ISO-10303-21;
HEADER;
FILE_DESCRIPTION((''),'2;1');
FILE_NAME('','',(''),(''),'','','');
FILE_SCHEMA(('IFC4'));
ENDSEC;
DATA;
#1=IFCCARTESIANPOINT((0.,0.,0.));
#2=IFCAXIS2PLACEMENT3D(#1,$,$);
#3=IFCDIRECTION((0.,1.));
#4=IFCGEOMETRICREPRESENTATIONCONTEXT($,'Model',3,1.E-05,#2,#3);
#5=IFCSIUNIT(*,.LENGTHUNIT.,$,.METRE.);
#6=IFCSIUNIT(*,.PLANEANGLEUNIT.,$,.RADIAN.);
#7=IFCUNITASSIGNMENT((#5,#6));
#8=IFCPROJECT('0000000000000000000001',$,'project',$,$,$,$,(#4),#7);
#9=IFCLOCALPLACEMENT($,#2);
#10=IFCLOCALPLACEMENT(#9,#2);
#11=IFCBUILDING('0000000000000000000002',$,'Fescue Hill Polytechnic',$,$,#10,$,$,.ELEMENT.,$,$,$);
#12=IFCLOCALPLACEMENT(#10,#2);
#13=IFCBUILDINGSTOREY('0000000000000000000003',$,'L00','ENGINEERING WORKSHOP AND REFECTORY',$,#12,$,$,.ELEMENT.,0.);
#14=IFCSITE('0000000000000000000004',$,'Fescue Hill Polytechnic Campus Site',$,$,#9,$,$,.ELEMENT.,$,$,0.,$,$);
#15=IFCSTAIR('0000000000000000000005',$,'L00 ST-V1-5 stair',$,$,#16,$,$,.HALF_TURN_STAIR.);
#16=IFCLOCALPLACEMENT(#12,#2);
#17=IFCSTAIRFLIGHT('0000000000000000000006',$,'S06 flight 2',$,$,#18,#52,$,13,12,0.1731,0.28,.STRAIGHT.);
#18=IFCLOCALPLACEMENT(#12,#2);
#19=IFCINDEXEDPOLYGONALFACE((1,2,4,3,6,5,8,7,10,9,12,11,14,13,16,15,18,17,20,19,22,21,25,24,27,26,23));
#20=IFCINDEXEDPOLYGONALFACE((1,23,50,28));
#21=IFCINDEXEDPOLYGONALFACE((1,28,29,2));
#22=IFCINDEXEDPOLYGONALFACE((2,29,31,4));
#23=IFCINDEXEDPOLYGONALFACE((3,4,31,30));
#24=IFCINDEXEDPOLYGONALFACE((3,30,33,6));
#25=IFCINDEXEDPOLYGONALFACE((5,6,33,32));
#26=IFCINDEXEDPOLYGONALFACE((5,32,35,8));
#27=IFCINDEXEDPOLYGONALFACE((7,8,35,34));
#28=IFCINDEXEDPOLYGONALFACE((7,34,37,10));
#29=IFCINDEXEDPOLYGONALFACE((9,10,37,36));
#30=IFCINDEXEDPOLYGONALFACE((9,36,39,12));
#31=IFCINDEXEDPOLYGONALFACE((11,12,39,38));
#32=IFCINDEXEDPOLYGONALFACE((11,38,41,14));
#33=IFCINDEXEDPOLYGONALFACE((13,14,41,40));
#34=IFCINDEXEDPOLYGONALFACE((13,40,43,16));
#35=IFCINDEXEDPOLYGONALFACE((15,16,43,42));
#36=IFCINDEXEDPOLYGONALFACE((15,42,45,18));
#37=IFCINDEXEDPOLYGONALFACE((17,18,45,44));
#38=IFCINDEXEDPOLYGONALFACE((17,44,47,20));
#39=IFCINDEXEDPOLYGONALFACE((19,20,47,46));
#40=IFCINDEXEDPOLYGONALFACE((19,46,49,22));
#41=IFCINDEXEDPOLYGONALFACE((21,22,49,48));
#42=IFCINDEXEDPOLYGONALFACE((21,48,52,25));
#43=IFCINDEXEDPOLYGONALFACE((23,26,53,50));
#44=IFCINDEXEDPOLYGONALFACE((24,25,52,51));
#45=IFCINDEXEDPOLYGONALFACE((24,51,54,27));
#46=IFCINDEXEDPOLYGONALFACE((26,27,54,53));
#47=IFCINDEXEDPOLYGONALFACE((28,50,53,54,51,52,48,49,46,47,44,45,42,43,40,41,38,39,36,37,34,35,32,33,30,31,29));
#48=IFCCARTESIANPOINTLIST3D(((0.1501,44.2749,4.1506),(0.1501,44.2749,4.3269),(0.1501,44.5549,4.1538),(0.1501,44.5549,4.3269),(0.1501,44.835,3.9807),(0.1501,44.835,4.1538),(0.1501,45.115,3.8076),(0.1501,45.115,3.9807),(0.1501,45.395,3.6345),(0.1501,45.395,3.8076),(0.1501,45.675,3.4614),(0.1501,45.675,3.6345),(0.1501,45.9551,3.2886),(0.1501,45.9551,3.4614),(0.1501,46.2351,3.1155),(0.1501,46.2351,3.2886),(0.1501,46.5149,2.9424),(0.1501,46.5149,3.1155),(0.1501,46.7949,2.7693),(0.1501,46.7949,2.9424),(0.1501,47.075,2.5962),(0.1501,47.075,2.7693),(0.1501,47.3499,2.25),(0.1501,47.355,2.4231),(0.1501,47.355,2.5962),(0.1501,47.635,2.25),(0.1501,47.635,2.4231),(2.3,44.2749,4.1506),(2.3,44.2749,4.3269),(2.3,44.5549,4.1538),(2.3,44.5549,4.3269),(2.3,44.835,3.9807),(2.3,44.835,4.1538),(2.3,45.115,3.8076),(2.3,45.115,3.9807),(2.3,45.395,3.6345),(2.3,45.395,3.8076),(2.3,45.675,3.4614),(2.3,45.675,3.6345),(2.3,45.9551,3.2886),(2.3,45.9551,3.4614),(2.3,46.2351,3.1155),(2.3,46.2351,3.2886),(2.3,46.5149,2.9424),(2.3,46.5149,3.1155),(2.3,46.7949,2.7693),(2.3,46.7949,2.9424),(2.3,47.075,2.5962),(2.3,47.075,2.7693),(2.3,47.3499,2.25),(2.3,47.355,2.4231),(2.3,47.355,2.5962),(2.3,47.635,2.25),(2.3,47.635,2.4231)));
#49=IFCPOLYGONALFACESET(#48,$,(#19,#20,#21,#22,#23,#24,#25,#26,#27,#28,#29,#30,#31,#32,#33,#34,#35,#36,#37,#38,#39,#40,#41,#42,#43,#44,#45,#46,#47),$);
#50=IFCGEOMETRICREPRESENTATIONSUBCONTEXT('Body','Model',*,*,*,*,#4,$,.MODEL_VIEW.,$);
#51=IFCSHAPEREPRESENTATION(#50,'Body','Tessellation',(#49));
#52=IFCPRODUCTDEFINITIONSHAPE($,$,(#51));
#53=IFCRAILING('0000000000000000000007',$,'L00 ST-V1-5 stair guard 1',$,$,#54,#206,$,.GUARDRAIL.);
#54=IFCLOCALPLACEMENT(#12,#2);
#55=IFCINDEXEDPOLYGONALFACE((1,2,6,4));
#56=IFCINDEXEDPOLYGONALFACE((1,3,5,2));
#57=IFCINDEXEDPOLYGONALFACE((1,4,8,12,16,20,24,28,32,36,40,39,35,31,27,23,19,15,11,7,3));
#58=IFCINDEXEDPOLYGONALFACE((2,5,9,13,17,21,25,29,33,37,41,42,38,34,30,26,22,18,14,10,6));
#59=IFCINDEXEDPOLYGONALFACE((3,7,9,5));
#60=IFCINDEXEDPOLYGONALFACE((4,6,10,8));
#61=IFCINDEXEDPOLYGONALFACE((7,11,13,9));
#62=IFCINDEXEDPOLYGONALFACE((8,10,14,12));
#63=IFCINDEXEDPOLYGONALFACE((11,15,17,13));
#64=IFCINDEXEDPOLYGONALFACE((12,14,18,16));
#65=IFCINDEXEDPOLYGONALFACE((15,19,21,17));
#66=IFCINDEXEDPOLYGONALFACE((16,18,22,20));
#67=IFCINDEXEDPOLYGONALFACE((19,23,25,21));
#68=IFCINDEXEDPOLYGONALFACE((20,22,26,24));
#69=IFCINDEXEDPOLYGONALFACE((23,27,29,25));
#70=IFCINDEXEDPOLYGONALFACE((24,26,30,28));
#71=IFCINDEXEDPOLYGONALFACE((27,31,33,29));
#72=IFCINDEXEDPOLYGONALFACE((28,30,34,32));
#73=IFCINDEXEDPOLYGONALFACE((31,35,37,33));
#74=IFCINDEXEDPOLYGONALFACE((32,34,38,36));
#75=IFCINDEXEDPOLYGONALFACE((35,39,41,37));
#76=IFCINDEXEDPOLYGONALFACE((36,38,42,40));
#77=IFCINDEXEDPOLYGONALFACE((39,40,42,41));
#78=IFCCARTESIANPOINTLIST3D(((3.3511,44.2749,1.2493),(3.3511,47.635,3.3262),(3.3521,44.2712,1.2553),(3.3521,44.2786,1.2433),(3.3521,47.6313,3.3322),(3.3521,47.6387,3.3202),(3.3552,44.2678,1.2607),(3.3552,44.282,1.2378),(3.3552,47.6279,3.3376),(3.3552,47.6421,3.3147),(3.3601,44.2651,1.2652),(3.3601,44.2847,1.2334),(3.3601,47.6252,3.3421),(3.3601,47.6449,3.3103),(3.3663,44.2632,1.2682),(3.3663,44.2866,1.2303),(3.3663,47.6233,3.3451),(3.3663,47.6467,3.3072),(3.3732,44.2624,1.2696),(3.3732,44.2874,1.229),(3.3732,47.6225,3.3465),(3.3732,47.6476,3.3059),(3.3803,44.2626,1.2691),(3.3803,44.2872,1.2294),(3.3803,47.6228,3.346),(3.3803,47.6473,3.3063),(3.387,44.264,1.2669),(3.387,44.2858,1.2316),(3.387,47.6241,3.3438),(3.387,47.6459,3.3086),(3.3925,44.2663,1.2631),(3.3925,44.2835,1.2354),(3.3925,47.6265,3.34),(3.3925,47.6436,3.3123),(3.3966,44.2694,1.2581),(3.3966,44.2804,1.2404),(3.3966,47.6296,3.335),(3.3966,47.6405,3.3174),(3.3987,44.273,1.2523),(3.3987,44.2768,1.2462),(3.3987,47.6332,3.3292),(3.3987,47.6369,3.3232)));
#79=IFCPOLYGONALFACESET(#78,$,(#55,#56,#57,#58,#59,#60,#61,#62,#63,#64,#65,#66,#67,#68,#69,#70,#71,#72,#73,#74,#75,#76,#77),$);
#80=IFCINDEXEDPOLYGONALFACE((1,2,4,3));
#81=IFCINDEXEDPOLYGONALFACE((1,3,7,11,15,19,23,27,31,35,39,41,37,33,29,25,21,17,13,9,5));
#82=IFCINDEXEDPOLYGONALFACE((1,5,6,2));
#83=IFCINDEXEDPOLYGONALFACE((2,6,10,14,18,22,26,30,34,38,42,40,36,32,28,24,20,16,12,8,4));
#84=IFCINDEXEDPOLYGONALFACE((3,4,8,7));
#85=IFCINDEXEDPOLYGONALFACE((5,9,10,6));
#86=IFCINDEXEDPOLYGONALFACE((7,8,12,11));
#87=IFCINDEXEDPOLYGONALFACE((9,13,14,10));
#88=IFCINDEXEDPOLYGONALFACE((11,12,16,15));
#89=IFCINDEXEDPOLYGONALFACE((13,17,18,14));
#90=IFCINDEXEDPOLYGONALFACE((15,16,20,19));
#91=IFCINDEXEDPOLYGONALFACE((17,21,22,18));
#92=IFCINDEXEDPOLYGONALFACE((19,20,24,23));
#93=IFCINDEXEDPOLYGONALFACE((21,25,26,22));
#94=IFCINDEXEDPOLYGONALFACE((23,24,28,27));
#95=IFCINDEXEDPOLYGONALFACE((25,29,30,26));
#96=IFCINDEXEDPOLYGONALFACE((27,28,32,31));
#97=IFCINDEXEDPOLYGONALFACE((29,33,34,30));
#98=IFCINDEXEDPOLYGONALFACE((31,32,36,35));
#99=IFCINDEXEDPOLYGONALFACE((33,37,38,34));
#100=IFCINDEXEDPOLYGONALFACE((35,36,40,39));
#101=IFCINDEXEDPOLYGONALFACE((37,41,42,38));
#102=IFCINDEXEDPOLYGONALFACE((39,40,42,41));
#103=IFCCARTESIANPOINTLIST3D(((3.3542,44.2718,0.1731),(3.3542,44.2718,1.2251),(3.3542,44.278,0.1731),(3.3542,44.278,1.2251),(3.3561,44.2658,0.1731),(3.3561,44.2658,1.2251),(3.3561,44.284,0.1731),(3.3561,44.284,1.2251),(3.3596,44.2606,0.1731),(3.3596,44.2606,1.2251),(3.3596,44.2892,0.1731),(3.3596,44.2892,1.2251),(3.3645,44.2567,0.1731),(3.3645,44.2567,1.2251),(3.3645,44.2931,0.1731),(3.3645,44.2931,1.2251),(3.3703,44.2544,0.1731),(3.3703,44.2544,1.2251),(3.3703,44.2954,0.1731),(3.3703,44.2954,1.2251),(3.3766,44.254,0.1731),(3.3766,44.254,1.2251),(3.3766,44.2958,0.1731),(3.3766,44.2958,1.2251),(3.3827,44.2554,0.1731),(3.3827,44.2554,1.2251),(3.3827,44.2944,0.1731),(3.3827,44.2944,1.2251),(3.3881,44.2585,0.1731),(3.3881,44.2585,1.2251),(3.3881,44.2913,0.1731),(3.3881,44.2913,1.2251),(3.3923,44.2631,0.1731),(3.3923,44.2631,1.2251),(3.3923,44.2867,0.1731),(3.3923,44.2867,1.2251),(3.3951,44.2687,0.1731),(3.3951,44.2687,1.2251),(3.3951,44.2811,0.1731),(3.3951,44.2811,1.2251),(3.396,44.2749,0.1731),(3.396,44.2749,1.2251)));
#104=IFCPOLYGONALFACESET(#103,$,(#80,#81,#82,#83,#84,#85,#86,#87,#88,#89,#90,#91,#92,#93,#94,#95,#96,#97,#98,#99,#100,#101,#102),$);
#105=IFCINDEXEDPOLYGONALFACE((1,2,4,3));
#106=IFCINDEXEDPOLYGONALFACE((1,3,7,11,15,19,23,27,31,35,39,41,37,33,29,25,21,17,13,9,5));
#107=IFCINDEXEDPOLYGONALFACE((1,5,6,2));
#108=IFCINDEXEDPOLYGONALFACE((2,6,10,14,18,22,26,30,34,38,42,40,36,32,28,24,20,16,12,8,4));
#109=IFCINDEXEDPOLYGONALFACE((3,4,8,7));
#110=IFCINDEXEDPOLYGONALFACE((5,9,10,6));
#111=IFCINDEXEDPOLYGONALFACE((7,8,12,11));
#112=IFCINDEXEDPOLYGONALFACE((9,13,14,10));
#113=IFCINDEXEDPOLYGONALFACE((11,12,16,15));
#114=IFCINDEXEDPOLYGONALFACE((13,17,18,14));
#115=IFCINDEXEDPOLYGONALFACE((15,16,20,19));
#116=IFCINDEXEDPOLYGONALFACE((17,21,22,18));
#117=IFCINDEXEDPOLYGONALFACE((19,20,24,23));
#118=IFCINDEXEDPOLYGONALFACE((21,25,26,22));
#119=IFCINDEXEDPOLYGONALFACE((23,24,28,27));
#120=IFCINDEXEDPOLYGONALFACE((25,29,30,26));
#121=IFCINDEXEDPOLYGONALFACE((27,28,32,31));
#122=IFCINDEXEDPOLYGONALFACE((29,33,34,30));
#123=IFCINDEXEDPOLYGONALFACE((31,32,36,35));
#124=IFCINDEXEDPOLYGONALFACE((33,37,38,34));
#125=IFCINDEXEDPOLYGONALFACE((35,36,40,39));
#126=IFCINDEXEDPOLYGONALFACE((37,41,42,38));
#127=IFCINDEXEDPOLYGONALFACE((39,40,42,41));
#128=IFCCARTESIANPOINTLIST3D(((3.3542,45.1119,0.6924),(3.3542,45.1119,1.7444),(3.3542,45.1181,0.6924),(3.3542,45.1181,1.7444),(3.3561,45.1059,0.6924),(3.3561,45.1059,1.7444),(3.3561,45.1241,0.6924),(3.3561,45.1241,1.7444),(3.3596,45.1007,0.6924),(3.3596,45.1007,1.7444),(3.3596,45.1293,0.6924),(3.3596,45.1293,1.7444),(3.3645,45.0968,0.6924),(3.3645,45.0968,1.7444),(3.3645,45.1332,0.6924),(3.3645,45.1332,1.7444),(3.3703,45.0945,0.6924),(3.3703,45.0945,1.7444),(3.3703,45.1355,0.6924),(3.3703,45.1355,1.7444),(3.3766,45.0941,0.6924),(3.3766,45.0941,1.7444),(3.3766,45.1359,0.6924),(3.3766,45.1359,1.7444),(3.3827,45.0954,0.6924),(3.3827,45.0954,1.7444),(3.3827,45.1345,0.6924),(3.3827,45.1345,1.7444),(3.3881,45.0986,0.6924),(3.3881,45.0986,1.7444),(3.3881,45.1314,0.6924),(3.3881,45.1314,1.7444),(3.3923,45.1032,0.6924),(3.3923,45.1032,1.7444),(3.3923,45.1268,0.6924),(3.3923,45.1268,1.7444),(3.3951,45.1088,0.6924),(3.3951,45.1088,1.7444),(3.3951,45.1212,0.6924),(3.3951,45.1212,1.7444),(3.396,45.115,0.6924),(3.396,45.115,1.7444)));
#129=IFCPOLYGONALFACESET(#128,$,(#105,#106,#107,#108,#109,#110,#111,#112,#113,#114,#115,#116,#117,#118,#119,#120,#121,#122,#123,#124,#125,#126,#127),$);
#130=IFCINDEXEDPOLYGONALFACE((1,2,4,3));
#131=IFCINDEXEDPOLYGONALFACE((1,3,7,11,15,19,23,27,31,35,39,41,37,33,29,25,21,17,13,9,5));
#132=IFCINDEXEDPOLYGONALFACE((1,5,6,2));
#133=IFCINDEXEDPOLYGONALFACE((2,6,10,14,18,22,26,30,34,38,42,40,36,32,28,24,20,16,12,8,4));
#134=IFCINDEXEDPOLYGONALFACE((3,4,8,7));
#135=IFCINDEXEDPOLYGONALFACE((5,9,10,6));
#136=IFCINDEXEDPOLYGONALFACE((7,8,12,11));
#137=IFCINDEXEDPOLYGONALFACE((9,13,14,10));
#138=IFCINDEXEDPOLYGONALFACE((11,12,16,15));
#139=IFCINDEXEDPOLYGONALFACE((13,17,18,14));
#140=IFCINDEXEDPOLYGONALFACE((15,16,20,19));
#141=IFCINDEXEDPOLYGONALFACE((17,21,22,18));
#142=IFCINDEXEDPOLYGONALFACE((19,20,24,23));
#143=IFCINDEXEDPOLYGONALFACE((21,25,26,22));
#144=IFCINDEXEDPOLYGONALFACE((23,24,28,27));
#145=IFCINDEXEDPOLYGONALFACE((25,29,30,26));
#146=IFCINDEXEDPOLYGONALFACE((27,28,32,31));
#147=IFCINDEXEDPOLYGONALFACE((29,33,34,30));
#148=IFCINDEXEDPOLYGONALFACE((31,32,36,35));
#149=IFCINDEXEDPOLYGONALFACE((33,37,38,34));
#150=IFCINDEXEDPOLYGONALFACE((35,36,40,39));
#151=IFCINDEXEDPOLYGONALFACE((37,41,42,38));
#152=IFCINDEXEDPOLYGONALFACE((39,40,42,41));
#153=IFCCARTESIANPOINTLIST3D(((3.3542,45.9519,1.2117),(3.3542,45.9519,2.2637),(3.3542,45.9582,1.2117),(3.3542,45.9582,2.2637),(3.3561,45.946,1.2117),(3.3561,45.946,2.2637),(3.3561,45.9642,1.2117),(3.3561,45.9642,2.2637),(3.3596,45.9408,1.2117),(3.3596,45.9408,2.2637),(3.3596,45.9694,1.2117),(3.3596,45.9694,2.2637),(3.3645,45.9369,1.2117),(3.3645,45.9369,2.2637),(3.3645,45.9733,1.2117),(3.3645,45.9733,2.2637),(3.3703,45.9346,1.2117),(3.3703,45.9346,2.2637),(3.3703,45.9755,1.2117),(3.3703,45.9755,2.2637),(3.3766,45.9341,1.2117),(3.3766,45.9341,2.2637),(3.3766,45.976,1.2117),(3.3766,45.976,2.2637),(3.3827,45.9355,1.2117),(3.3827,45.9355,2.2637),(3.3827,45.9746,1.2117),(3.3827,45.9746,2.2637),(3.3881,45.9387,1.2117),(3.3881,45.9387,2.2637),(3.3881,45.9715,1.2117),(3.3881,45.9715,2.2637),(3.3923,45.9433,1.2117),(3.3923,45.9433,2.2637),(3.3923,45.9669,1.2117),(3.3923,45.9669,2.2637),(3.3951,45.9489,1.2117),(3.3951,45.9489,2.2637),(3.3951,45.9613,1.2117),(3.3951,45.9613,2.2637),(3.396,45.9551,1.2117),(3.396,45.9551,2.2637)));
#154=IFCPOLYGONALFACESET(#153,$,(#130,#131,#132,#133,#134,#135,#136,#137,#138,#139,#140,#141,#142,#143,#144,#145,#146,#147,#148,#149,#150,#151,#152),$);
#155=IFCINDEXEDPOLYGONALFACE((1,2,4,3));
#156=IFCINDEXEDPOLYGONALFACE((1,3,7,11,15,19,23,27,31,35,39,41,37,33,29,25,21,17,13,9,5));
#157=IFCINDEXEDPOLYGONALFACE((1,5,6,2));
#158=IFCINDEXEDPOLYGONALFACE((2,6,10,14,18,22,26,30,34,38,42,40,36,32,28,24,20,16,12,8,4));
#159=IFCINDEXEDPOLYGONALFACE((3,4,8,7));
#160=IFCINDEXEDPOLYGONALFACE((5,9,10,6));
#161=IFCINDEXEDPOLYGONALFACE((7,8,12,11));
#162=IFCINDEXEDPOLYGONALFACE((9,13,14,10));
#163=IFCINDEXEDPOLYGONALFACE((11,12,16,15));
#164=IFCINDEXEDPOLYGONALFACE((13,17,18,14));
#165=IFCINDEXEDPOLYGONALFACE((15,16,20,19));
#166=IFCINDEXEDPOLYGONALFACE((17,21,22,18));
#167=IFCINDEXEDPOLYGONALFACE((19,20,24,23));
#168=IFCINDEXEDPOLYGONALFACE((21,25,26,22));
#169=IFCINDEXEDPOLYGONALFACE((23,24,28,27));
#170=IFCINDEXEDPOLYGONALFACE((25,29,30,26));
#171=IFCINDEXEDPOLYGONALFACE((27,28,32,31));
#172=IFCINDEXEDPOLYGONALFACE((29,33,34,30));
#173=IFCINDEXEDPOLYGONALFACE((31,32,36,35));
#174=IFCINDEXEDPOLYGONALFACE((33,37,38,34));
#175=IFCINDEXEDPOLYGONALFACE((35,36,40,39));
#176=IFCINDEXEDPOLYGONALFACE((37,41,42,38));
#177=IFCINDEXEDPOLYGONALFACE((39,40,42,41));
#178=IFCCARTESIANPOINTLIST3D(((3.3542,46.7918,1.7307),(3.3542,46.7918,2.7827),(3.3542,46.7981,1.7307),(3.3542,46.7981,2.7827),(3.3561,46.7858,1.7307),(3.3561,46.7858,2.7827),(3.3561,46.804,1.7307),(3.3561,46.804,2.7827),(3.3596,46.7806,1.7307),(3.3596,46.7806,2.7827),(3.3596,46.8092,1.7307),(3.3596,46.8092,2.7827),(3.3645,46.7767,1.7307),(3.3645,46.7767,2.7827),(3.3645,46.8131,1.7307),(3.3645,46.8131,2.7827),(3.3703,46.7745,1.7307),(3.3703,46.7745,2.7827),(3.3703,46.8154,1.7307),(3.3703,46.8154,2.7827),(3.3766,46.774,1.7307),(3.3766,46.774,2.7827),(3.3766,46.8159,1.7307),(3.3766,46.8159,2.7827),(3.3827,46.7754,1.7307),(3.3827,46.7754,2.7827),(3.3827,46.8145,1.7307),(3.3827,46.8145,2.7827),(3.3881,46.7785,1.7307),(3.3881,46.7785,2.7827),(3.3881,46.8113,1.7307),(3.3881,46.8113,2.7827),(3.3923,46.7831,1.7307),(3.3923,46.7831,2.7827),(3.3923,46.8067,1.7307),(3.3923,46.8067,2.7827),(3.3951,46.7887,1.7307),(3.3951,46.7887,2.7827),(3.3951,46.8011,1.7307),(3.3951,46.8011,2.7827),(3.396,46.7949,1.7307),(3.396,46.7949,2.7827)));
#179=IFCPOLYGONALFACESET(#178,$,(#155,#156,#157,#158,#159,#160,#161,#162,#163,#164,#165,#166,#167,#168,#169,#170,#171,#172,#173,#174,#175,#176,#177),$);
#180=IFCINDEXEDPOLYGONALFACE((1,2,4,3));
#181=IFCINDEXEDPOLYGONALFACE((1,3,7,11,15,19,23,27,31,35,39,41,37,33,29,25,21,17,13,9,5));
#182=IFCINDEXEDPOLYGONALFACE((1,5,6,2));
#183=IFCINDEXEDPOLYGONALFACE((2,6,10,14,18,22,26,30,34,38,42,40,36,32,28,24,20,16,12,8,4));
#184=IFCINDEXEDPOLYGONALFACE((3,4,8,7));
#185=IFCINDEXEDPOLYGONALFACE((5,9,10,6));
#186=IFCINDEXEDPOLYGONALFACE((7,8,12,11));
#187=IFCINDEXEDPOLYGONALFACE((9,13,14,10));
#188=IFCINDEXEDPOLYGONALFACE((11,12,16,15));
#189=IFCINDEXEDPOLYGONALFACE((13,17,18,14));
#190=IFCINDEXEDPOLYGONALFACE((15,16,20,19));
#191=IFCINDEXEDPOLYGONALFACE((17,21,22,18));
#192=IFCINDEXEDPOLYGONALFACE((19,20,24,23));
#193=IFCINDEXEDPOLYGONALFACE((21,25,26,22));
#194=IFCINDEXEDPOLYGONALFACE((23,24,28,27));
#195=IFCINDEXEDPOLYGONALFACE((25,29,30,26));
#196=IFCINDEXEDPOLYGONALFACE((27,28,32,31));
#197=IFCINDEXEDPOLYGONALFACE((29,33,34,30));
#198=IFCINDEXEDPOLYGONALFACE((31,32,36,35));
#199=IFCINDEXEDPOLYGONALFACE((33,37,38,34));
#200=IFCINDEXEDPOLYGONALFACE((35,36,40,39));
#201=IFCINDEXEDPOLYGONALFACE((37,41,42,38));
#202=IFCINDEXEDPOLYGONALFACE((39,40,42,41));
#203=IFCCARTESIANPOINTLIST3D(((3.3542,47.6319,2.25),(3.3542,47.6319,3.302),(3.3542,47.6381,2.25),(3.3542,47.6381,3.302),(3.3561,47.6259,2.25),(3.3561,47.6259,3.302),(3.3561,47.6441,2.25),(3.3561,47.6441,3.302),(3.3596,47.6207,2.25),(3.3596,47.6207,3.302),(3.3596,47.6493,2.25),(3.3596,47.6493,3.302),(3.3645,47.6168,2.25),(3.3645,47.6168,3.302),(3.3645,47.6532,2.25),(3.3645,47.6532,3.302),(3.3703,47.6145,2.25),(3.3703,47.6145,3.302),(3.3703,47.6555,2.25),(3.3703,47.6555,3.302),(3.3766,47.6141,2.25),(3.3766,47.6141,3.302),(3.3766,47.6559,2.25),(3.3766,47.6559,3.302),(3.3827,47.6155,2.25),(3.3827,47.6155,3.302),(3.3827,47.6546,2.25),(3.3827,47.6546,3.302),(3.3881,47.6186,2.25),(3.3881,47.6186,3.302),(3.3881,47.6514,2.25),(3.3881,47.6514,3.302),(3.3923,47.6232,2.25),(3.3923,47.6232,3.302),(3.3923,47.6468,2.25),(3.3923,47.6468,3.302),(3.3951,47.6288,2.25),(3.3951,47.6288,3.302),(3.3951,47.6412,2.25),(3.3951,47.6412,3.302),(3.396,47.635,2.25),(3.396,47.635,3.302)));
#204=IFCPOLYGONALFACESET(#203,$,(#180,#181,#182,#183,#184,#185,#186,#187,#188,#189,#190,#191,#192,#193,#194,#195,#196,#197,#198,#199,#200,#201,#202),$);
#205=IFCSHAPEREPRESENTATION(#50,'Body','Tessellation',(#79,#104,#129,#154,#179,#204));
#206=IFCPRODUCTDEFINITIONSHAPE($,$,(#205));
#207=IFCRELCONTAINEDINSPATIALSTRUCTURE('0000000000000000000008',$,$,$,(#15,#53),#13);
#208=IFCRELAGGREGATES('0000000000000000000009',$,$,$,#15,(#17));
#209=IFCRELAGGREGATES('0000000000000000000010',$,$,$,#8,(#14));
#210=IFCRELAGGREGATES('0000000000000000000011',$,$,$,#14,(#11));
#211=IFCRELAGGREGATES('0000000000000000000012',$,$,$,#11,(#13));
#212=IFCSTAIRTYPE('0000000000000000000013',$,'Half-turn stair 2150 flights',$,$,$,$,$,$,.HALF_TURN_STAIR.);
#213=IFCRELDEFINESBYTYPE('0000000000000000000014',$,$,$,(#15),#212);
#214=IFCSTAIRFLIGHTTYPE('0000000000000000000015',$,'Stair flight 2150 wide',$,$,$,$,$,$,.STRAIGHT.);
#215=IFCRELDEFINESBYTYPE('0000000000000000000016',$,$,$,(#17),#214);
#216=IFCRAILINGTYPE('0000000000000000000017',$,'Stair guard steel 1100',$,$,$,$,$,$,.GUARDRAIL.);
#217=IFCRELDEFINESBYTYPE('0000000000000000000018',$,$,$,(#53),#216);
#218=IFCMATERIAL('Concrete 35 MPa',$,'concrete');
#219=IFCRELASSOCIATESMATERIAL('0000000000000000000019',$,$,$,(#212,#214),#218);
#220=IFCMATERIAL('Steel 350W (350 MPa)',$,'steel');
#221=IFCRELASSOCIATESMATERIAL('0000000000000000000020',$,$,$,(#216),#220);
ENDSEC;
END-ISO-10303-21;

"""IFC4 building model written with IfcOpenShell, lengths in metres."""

from ifc_helpers import new_model, si_unit, direction, frame, origin, origin_2d, place, context, subcontext, project, spatial, polyline, circle, outline, extrude, material, type_object, element, aggregate, save


model = new_model("IFC4")

# Units and contexts
model_context = context("Model", 3, precision=1e-05, world=origin(), true_north=direction((0.0, 1.0)))
body_context = subcontext(model_context, "Body", "Model", "MODEL_VIEW")
ifc_project = project(units=[si_unit("LENGTHUNIT", "METRE"), si_unit("PLANEANGLEUNIT", "RADIAN")], contexts=[model_context])

# Site, building, storey
site_placement = place(None, origin())
site = spatial("IfcSite", under=ifc_project, at=site_placement, Name="Fescue Hill Polytechnic Campus Site", CompositionType="ELEMENT", RefElevation=0.0)
building_placement = place(site_placement, origin())
building = spatial("IfcBuilding", under=site, at=building_placement, Name="Fescue Hill Polytechnic", CompositionType="ELEMENT")
storey_placement = place(building_placement, origin())
storey = spatial("IfcBuildingStorey", under=building, at=storey_placement, Name="L00", Description="ENGINEERING WORKSHOP AND REFECTORY", CompositionType="ELEMENT", Elevation=0.0)

# Stair, stair flight
ifc_material_1 = material(Name="Concrete 35 MPa", Category="concrete")
stair_type = type_object("IfcStairType", Name="Half-turn stair 2150 flights", PredefinedType="HALF_TURN_STAIR", material=ifc_material_1)
stair_placement = place(storey_placement, origin())
stair = element("IfcStair", 1, at=stair_placement, inside=storey, type_object=stair_type, Name="L00 ST-V1-5 stair", PredefinedType="HALF_TURN_STAIR")
stair_flight_type = type_object("IfcStairFlightType", Name="Stair flight 2150 wide", PredefinedType="STRAIGHT", material=ifc_material_1)
stair_flight_1_placement = place(storey_placement, frame((1.2251, 47.635, 2.25), z_axis=(0.0, 0.0, 1.0), x_axis=(0.0, -1.0, 0.0)))
stair_flight_1 = element("IfcStairFlight", 2, at=stair_flight_1_placement, type_object=stair_flight_type, Name="S06 flight 2", NumberOfRisers=13, NumberOfTreads=12, PredefinedType="STRAIGHT", RiserHeight=0.1731, TreadLength=0.28, context=body_context, shape_type="SweptSolid", body=[
    extrude(outline(polyline([(0.0, 0.0), (0.0, 0.1731), (0.28, 0.1731), (0.28, 0.3462), (0.5601, 0.3462), (0.5601, 0.5193), (0.8401, 0.5193), (0.8401, 0.6924), (1.1201, 0.6924), (1.1201, 0.8655), (1.3999, 0.8655), (1.3999, 1.0386), (1.6799, 1.0386), (1.6799, 1.2114), (1.96, 1.2114), (1.96, 1.3845), (2.24, 1.3845), (2.24, 1.5576), (2.52, 1.5576), (2.52, 1.7307), (2.8, 1.7307), (2.8, 1.9038), (3.0801, 1.9038), (3.0801, 2.0769), (3.3601, 2.0769), (3.3601, 2.25), (3.3601, 1.9006), (0.2852, 0.0), (0.0, 0.0)])), frame((0.0, 1.075, 0.0), z_axis=(0.0, -1.0, 0.0), x_axis=(1.0, 0.0, 0.0)), (0.0, 0.0, 1.0), 2.1499),
])
aggregate(stair, [stair_flight_1])

# Railing
ifc_material_2 = material(Name="Steel 350W (350 MPa)", Category="steel")
railing_type_1 = type_object("IfcRailingType", Name="Stair guard steel 1100", PredefinedType="GUARDRAIL", material=ifc_material_2)
railing_1_placement = place(storey_placement, frame((3.375, 44.2749, 0.1731)))
element("IfcRailing", 3, at=railing_1_placement, inside=storey, type_object=railing_type_1, Name="L00 ST-V1-5 stair guard 1", PredefinedType="GUARDRAIL", context=body_context, shape_type="SweptSolid", body=[
    extrude(circle(Radius=0.0239, at=origin_2d()), frame((0.0, 0.0, 1.0762), z_axis=(0.0, 0.850623, 0.525776), x_axis=(-1.0, 0.0, 0.0)), (0.0, 0.0, 1.0), 3.9502),
    extrude(circle(Radius=0.021, at=origin_2d()), origin(), (0.0, 0.0, 1.0), 1.052),
    extrude(circle(Radius=0.021, at=origin_2d()), frame((0.0, 0.8401, 0.5193)), (0.0, 0.0, 1.0), 1.052),
    extrude(circle(Radius=0.021, at=origin_2d()), frame((0.0, 1.6802, 1.0386)), (0.0, 0.0, 1.0), 1.052),
    extrude(circle(Radius=0.021, at=origin_2d()), frame((0.0, 2.52, 1.5576)), (0.0, 0.0, 1.0), 1.052),
    extrude(circle(Radius=0.021, at=origin_2d()), frame((0.0, 3.3601, 2.0769)), (0.0, 0.0, 1.0), 1.052),
])

save(model, "model.ifc")
